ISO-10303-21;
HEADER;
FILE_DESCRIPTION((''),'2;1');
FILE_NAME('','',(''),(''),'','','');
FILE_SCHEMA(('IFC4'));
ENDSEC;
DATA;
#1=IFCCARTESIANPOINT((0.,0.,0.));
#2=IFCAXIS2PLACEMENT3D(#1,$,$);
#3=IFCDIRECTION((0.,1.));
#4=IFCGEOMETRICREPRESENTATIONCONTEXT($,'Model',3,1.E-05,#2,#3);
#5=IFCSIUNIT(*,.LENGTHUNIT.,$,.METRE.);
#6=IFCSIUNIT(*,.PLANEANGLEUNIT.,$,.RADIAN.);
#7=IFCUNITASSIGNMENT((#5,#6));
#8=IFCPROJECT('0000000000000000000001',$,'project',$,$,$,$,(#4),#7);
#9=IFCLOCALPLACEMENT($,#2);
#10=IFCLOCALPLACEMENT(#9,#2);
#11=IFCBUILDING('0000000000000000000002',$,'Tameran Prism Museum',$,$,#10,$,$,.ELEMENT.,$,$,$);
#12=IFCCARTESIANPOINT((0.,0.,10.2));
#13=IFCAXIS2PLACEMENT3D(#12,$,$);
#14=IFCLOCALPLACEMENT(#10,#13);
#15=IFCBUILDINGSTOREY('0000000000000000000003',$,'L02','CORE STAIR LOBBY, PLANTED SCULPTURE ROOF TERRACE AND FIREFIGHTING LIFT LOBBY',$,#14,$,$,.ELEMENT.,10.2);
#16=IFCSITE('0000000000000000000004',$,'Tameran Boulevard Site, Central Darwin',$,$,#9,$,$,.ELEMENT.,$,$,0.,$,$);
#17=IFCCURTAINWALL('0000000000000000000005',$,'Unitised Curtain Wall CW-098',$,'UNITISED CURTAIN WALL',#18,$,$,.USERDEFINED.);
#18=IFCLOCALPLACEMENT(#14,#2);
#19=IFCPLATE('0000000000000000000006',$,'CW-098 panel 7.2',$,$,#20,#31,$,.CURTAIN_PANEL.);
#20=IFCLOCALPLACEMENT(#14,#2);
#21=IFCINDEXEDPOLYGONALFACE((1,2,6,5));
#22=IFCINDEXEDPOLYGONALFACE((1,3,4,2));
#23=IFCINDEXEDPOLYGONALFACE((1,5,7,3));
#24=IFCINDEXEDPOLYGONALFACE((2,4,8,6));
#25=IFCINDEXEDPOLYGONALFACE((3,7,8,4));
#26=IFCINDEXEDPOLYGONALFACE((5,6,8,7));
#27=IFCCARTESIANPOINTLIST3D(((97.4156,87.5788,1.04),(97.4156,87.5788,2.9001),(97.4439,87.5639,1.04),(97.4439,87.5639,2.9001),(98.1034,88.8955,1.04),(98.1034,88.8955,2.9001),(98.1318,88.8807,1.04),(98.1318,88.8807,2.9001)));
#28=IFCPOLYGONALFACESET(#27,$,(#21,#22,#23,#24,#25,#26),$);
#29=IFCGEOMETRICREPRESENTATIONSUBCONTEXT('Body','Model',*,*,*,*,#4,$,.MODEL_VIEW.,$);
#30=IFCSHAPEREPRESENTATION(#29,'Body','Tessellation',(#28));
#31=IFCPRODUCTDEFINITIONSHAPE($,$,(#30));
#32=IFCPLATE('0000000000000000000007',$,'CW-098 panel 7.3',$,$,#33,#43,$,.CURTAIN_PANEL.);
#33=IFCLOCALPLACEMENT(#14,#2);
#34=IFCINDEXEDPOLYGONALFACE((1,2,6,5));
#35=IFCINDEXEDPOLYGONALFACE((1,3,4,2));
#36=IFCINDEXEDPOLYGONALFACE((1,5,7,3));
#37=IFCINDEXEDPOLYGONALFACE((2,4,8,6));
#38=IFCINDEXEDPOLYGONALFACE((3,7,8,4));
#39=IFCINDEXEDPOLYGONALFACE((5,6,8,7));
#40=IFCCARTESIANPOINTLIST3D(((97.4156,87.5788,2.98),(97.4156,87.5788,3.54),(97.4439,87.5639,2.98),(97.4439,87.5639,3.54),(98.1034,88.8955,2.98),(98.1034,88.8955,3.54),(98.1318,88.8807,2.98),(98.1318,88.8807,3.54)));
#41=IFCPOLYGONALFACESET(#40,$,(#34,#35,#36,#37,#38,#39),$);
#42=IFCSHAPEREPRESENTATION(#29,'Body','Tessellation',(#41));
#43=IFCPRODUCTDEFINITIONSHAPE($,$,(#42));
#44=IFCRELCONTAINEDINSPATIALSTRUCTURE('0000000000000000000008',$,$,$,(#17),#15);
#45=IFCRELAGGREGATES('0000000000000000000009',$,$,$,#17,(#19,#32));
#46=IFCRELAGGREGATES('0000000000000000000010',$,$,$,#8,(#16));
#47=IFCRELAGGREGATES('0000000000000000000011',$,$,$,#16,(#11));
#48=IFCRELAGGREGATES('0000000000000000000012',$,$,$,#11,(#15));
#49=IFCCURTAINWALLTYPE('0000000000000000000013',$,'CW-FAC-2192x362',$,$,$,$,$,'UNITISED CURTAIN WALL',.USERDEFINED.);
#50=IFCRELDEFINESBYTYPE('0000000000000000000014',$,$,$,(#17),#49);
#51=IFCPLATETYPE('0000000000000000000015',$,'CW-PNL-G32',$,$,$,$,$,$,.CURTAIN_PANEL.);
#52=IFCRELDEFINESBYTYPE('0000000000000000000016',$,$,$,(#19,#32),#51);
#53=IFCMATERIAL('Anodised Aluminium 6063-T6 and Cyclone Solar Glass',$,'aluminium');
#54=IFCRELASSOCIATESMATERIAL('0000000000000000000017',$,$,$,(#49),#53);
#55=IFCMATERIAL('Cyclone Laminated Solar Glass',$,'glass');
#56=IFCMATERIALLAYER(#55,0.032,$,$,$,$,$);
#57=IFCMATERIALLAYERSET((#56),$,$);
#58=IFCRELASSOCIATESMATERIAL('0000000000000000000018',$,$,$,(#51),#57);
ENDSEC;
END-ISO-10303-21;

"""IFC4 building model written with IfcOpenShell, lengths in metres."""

from ifc_helpers import new_model, si_unit, direction, frame, origin, origin_2d, place, context, subcontext, project, spatial, rectangle, extrude, material, layer, layer_set, type_object, element, aggregate, save


model = new_model("IFC4")

# Units and contexts
model_context = context("Model", 3, precision=1e-05, world=origin(), true_north=direction((0.0, 1.0)))
body_context = subcontext(model_context, "Body", "Model", "MODEL_VIEW")
ifc_project = project(units=[si_unit("LENGTHUNIT", "METRE"), si_unit("PLANEANGLEUNIT", "RADIAN")], contexts=[model_context])

# Site, building, storey
site_placement = place(None, origin())
site = spatial("IfcSite", under=ifc_project, at=site_placement, Name="Tameran Boulevard Site, Central Darwin", CompositionType="ELEMENT", RefElevation=0.0)
building_placement = place(site_placement, origin())
building = spatial("IfcBuilding", under=site, at=building_placement, Name="Tameran Prism Museum", CompositionType="ELEMENT")
storey_placement = place(building_placement, frame((0.0, 0.0, 10.2)))
storey = spatial("IfcBuildingStorey", under=building, at=storey_placement, Name="L02", Description="CORE STAIR LOBBY, PLANTED SCULPTURE ROOF TERRACE AND FIREFIGHTING LIFT LOBBY", CompositionType="ELEMENT", Elevation=10.2)

# Curtain wall, plates
ifc_material_1 = material(Name="Anodised Aluminium 6063-T6 and Cyclone Solar Glass", Category="aluminium")
curtain_wall_type = type_object("IfcCurtainWallType", Name="CW-FAC-2192x362", ElementType="UNITISED CURTAIN WALL", PredefinedType="USERDEFINED", material=ifc_material_1)
curtain_wall_placement = place(storey_placement, origin())
curtain_wall = element("IfcCurtainWall", 1, at=curtain_wall_placement, inside=storey, type_object=curtain_wall_type, Name="Unitised Curtain Wall CW-098", ObjectType="UNITISED CURTAIN WALL", PredefinedType="USERDEFINED")
ifc_material_2 = material(Name="Cyclone Laminated Solar Glass", Category="glass")
ifc_layer = layer(ifc_material_2, 0.032)
ifc_layer_set = layer_set([ifc_layer])
plate_type = type_object("IfcPlateType", Name="CW-PNL-G32", PredefinedType="CURTAIN_PANEL", material=ifc_layer_set)
plate_1_placement = place(storey_placement, frame((97.7737, 88.2297, 1.04), z_axis=(0.0, 0.0, 1.0), x_axis=(0.463003, 0.886357, 0.0)))
plate_1 = element("IfcPlate", 2, at=plate_1_placement, type_object=plate_type, Name="CW-098 panel 7.2", PredefinedType="CURTAIN_PANEL", context=body_context, shape_type="SweptSolid", body=[
    extrude(rectangle(XDim=1.4856, YDim=0.032, at=origin_2d()), origin(), (0.0, 0.0, 1.0), 1.8601),
])
plate_2_placement = place(storey_placement, frame((97.7737, 88.2297, 2.98), z_axis=(0.0, 0.0, 1.0), x_axis=(0.463003, 0.886357, 0.0)))
plate_2 = element("IfcPlate", 3, at=plate_2_placement, type_object=plate_type, Name="CW-098 panel 7.3", PredefinedType="CURTAIN_PANEL", context=body_context, shape_type="SweptSolid", body=[
    extrude(rectangle(XDim=1.4856, YDim=0.032, at=origin_2d()), origin(), (0.0, 0.0, 1.0), 0.5601),
])
aggregate(curtain_wall, [plate_1, plate_2])

save(model, "model.ifc")
